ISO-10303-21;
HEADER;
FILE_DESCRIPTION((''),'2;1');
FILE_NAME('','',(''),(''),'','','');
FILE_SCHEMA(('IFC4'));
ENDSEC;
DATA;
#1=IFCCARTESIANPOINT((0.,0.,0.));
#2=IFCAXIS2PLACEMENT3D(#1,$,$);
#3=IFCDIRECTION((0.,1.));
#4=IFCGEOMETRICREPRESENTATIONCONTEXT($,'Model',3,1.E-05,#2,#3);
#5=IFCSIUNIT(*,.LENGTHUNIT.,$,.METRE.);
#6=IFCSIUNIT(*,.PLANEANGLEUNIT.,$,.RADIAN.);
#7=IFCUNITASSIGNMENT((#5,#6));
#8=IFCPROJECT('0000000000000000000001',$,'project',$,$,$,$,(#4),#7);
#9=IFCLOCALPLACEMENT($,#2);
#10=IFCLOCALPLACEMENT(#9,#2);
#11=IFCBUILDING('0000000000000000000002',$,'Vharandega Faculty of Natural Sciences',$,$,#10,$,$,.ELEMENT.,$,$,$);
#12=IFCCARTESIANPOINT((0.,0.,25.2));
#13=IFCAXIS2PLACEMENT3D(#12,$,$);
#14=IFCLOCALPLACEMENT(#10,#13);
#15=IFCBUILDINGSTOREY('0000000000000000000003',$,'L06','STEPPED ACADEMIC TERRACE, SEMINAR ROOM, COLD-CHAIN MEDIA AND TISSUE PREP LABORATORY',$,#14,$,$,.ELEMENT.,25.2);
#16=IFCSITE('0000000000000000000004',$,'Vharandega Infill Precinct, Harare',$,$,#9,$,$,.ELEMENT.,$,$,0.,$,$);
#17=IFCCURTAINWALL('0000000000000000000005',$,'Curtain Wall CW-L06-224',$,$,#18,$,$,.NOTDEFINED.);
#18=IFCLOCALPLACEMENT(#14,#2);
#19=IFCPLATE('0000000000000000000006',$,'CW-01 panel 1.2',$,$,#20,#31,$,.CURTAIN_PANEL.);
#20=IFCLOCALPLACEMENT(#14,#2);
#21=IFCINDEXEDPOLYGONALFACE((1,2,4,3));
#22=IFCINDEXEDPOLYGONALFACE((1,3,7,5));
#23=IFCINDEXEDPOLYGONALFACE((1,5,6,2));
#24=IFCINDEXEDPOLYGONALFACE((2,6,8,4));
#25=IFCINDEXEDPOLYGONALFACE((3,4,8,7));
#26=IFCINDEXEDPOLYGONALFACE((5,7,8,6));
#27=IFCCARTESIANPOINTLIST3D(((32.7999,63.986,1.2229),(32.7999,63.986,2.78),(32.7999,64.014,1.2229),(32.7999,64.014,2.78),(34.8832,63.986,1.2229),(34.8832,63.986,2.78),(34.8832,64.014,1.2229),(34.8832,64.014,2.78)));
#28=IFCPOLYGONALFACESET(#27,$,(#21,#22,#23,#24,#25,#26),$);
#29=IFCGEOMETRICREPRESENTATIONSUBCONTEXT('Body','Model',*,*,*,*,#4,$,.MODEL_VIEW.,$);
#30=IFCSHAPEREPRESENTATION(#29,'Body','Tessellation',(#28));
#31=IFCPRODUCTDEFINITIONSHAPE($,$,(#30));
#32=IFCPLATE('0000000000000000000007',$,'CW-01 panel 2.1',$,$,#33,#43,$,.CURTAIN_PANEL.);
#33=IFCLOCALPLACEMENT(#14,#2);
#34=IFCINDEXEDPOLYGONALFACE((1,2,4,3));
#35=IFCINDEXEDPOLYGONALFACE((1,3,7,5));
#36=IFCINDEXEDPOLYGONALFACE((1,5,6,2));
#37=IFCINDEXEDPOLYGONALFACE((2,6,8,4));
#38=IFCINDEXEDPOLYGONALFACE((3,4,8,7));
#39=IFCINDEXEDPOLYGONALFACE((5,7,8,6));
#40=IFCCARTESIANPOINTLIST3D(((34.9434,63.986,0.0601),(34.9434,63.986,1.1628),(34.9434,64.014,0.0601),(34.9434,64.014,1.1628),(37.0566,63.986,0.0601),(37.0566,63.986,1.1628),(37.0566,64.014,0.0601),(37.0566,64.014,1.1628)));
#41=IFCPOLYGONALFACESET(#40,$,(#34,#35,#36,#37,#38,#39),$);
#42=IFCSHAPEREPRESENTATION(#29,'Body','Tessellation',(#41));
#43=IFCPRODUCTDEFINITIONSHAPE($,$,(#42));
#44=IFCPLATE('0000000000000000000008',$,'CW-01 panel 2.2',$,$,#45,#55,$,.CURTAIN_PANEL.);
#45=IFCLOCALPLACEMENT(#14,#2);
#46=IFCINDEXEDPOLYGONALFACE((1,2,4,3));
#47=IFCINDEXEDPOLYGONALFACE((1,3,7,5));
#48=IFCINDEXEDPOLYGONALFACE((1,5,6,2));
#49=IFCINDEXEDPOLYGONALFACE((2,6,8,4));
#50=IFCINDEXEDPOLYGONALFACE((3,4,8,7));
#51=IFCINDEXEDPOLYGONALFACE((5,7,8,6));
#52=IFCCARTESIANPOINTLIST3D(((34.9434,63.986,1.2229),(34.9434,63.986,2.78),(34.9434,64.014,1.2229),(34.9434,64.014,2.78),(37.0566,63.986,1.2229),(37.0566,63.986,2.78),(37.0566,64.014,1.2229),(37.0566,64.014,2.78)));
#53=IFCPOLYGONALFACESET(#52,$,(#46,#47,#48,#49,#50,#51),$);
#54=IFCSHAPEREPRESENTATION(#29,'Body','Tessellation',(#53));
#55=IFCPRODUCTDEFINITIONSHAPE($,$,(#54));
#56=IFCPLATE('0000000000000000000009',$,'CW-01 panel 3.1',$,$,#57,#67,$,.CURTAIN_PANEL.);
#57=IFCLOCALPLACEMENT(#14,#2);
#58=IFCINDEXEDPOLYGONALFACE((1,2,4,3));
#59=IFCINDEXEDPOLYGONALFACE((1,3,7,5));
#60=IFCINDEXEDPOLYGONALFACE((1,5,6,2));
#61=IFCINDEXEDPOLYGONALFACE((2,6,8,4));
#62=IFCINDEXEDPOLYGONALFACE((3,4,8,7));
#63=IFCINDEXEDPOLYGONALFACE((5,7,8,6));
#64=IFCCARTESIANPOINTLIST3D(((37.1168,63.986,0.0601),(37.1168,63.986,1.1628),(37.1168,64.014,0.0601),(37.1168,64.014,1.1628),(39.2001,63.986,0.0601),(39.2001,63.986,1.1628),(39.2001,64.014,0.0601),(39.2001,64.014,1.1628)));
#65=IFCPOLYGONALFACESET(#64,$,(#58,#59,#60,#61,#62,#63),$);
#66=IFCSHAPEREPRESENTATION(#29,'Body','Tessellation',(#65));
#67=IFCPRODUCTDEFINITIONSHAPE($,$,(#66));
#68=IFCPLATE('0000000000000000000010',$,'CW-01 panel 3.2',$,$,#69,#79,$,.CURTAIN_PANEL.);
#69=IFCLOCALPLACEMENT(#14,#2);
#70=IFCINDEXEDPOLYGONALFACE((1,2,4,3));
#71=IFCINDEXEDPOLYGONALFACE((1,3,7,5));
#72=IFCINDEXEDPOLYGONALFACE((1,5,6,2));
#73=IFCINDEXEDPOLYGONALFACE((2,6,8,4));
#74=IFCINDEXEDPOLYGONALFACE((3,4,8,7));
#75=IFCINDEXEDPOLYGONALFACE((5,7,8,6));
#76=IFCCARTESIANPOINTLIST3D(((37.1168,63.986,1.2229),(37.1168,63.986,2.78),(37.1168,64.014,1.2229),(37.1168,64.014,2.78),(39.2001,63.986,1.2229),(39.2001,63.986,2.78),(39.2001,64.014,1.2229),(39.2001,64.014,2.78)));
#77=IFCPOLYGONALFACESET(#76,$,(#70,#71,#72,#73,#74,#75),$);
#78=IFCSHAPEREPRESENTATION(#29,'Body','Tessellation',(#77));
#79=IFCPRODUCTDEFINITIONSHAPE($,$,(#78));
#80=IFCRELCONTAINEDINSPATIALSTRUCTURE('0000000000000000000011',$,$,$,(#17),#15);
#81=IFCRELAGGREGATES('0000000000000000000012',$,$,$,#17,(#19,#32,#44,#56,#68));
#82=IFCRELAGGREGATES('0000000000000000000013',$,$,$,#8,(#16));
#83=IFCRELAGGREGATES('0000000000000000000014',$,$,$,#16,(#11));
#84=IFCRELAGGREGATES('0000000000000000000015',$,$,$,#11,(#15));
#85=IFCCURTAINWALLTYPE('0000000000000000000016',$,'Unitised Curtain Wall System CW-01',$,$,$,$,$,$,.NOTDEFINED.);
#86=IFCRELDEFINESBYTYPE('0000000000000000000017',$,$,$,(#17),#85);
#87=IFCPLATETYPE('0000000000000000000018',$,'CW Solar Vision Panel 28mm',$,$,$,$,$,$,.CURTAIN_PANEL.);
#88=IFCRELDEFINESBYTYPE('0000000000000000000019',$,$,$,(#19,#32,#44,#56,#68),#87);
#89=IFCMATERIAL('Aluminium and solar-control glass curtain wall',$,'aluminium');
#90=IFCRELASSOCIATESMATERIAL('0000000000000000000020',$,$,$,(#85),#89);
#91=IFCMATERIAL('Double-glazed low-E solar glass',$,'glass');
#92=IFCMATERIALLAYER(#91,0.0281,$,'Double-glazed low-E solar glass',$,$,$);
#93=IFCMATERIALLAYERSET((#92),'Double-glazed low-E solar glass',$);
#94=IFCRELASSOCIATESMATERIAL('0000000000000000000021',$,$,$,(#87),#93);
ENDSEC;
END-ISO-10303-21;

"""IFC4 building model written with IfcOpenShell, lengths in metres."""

from ifc_helpers import new_model, si_unit, direction, frame, origin, origin_2d, place, context, subcontext, project, spatial, rectangle, extrude, material, layer, layer_set, type_object, element, aggregate, save


model = new_model("IFC4")

# Units and contexts
model_context = context("Model", 3, precision=1e-05, world=origin(), true_north=direction((0.0, 1.0)))
body_context = subcontext(model_context, "Body", "Model", "MODEL_VIEW")
ifc_project = project(units=[si_unit("LENGTHUNIT", "METRE"), si_unit("PLANEANGLEUNIT", "RADIAN")], contexts=[model_context])

# Site, building, storey
site_placement = place(None, origin())
site = spatial("IfcSite", under=ifc_project, at=site_placement, Name="Vharandega Infill Precinct, Harare", CompositionType="ELEMENT", RefElevation=0.0)
building_placement = place(site_placement, origin())
building = spatial("IfcBuilding", under=site, at=building_placement, Name="Vharandega Faculty of Natural Sciences", CompositionType="ELEMENT")
storey_placement = place(building_placement, frame((0.0, 0.0, 25.2)))
storey = spatial("IfcBuildingStorey", under=building, at=storey_placement, Name="L06", Description="STEPPED ACADEMIC TERRACE, SEMINAR ROOM, COLD-CHAIN MEDIA AND TISSUE PREP LABORATORY", CompositionType="ELEMENT", Elevation=25.2)

# Curtain wall
ifc_material_1 = material(Name="Aluminium and solar-control glass curtain wall", Category="aluminium")
curtain_wall_type = type_object("IfcCurtainWallType", Name="Unitised Curtain Wall System CW-01", PredefinedType="NOTDEFINED", material=ifc_material_1)
curtain_wall_placement = place(storey_placement, origin())
curtain_wall = element("IfcCurtainWall", 1, at=curtain_wall_placement, inside=storey, type_object=curtain_wall_type, Name="Curtain Wall CW-L06-224", PredefinedType="NOTDEFINED")

# Plates
ifc_material_2 = material(Name="Double-glazed low-E solar glass", Category="glass")
ifc_layer = layer(ifc_material_2, 0.0281, Name="Double-glazed low-E solar glass")
ifc_layer_set = layer_set([ifc_layer], Name="Double-glazed low-E solar glass")
plate_type = type_object("IfcPlateType", Name="CW Solar Vision Panel 28mm", PredefinedType="CURTAIN_PANEL", material=ifc_layer_set)
plate_1_placement = place(storey_placement, frame((33.8416, 64.0, 1.2229), z_axis=(0.0, 0.0, 1.0), x_axis=(1.0, 0.0, 0.0)))
plate_1 = element("IfcPlate", 2, at=plate_1_placement, type_object=plate_type, Name="CW-01 panel 1.2", PredefinedType="CURTAIN_PANEL", context=body_context, shape_type="SweptSolid", body=[
    extrude(rectangle(XDim=2.0833, YDim=0.0281, at=origin_2d()), origin(), (0.0, 0.0, 1.0), 1.5571),
])
plate_2_placement = place(storey_placement, frame((36.0, 64.0, 0.0601), z_axis=(0.0, 0.0, 1.0), x_axis=(1.0, 0.0, 0.0)))
plate_2 = element("IfcPlate", 3, at=plate_2_placement, type_object=plate_type, Name="CW-01 panel 2.1", PredefinedType="CURTAIN_PANEL", context=body_context, shape_type="SweptSolid", body=[
    extrude(rectangle(XDim=2.1133, YDim=0.0281, at=origin_2d()), origin(), (0.0, 0.0, 1.0), 1.1028),
])
plate_3_placement = place(storey_placement, frame((36.0, 64.0, 1.2229), z_axis=(0.0, 0.0, 1.0), x_axis=(1.0, 0.0, 0.0)))
plate_3 = element("IfcPlate", 4, at=plate_3_placement, type_object=plate_type, Name="CW-01 panel 2.2", PredefinedType="CURTAIN_PANEL", context=body_context, shape_type="SweptSolid", body=[
    extrude(rectangle(XDim=2.1133, YDim=0.0281, at=origin_2d()), origin(), (0.0, 0.0, 1.0), 1.5571),
])
plate_4_placement = place(storey_placement, frame((38.1584, 64.0, 0.0601), z_axis=(0.0, 0.0, 1.0), x_axis=(1.0, 0.0, 0.0)))
plate_4 = element("IfcPlate", 5, at=plate_4_placement, type_object=plate_type, Name="CW-01 panel 3.1", PredefinedType="CURTAIN_PANEL", context=body_context, shape_type="SweptSolid", body=[
    extrude(rectangle(XDim=2.0833, YDim=0.0281, at=origin_2d()), origin(), (0.0, 0.0, 1.0), 1.1028),
])
plate_5_placement = place(storey_placement, frame((38.1584, 64.0, 1.2229), z_axis=(0.0, 0.0, 1.0), x_axis=(1.0, 0.0, 0.0)))
plate_5 = element("IfcPlate", 6, at=plate_5_placement, type_object=plate_type, Name="CW-01 panel 3.2", PredefinedType="CURTAIN_PANEL", context=body_context, shape_type="SweptSolid", body=[
    extrude(rectangle(XDim=2.0833, YDim=0.0281, at=origin_2d()), origin(), (0.0, 0.0, 1.0), 1.5571),
])
aggregate(curtain_wall, [plate_1, plate_2, plate_3, plate_4, plate_5])

save(model, "model.ifc")
